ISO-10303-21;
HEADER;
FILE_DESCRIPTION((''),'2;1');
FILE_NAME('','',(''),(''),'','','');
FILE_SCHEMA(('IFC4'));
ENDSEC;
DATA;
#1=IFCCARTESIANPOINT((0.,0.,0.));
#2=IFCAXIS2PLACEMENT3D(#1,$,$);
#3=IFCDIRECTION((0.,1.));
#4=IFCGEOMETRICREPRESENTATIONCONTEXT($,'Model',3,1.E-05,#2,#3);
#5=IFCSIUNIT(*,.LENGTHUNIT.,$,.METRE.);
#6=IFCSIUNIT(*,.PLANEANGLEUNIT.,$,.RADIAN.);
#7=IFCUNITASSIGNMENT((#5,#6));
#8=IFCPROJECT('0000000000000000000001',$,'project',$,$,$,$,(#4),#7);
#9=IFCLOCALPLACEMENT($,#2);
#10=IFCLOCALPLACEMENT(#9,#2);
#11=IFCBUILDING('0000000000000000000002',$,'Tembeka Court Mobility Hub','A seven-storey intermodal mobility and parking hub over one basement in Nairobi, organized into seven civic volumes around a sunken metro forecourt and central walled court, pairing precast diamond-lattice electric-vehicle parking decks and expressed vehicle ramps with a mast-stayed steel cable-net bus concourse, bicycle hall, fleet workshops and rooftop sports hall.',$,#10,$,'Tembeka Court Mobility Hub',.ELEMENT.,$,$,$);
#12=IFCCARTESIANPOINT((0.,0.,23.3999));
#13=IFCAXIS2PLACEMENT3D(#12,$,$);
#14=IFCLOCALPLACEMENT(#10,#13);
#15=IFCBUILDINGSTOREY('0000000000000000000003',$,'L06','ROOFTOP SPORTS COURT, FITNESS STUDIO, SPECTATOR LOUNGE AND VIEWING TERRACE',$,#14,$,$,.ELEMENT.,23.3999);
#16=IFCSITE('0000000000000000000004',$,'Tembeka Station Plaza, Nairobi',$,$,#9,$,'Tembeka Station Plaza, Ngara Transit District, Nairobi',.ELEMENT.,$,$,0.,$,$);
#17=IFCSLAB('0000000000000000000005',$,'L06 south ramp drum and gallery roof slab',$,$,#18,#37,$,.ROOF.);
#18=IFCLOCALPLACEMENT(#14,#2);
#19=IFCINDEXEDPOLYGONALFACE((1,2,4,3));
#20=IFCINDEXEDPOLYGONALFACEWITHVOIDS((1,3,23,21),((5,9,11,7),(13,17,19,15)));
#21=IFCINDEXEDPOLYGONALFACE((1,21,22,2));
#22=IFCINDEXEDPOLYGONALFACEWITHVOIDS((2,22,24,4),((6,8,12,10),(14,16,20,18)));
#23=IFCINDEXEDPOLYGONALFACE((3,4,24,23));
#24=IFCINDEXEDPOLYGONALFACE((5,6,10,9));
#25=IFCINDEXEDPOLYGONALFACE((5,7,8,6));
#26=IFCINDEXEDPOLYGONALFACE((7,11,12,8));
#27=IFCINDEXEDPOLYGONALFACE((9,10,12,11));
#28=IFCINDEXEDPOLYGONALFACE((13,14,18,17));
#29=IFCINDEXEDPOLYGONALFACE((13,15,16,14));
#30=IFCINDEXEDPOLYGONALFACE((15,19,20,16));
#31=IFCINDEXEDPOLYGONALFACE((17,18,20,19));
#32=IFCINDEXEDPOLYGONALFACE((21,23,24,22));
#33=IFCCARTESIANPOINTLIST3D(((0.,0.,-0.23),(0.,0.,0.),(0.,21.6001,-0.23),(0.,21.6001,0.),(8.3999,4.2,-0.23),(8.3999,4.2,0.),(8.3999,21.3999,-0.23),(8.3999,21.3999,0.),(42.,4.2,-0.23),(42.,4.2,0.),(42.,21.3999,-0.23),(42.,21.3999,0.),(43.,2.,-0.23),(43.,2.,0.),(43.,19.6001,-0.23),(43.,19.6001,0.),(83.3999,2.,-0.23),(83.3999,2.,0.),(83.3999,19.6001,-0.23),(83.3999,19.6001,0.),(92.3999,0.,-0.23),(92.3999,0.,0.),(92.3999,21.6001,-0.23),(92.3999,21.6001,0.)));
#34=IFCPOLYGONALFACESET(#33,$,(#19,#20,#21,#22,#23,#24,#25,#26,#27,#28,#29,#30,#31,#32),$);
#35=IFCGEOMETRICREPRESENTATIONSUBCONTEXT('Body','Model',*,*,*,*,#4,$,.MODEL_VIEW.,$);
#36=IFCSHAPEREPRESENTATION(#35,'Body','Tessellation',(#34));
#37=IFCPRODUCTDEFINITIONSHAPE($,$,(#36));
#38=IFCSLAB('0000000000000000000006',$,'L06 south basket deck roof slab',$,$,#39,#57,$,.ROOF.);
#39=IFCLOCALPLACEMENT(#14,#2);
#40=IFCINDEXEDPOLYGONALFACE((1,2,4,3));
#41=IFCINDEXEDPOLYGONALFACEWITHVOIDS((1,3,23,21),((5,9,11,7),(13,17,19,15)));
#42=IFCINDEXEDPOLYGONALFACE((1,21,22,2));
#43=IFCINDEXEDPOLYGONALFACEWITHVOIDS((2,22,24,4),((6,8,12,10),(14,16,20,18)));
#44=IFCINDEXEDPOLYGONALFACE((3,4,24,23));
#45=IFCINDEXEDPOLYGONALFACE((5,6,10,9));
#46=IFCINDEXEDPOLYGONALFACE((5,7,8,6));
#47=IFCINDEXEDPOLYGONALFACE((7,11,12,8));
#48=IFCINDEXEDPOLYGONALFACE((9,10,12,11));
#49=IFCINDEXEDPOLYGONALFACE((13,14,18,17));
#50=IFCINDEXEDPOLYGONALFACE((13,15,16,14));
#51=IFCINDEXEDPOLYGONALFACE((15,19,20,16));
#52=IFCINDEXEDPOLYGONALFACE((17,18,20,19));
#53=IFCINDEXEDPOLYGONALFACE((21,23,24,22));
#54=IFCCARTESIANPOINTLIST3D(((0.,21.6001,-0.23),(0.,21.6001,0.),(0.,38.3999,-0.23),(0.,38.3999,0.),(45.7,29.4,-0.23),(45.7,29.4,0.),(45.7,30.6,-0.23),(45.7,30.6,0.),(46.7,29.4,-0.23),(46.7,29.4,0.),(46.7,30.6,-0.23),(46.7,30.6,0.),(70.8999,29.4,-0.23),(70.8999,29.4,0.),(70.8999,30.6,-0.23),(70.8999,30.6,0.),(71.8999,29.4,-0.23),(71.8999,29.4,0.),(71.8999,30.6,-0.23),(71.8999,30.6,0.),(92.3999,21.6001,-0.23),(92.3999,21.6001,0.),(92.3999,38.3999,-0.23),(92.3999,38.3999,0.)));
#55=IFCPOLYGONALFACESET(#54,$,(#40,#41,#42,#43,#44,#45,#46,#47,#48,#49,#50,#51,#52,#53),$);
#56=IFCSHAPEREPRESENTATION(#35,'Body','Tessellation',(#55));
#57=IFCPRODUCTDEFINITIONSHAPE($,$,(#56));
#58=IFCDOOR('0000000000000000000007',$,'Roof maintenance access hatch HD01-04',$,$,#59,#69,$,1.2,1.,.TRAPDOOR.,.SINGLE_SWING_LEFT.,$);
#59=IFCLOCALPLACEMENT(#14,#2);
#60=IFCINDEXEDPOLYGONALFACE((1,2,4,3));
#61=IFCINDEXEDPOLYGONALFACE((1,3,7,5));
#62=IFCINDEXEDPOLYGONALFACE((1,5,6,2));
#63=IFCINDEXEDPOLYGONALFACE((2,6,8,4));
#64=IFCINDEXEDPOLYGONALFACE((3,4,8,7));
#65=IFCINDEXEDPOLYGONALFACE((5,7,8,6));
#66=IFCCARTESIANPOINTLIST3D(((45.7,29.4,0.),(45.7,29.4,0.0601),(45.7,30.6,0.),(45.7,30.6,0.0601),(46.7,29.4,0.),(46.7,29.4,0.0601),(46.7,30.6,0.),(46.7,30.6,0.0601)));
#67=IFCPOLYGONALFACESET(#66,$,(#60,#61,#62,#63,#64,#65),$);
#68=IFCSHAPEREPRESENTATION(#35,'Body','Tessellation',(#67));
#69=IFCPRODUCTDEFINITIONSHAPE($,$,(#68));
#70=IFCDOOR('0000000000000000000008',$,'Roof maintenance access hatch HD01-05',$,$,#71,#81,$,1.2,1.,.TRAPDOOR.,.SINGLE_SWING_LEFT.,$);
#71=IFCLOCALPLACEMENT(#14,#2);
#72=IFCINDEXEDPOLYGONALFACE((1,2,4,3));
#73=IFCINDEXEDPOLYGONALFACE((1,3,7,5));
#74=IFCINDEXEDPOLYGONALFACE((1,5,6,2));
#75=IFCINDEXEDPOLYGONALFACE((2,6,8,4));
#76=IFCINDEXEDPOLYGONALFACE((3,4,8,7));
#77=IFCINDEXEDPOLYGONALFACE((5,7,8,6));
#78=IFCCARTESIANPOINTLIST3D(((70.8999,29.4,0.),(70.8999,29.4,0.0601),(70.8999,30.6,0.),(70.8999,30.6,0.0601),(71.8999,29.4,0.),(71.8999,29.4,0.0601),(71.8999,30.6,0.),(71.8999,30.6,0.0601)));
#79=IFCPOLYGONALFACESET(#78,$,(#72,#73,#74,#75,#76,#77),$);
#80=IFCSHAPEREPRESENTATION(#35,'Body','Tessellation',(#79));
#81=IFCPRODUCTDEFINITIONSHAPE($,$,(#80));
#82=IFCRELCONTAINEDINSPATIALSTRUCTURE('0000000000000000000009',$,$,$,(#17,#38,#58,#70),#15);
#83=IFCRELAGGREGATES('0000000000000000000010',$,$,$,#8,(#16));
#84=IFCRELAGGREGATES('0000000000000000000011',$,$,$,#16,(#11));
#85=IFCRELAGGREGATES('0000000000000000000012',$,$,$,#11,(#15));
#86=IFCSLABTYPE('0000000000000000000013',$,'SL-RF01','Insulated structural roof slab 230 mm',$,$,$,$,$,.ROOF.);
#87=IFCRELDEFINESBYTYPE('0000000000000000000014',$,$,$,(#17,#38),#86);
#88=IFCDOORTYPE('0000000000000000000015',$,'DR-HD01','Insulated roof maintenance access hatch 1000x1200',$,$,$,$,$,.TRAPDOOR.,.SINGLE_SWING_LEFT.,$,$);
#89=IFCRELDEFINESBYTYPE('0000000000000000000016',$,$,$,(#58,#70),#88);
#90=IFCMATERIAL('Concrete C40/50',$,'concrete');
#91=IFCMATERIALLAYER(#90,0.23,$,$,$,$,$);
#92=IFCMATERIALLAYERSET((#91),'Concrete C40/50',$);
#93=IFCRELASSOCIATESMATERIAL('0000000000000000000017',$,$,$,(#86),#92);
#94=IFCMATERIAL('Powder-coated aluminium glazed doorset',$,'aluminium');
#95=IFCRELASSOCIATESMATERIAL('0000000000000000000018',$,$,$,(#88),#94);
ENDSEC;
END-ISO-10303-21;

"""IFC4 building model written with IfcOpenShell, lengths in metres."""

from ifc_helpers import new_model, si_unit, direction, frame, origin, origin_2d, place, context, subcontext, project, spatial, polyline, rectangle, outline, extrude, material, layer, layer_set, type_object, element, fill, save


model = new_model("IFC4")

# Units and contexts
model_context = context("Model", 3, precision=1e-05, world=origin(), true_north=direction((0.0, 1.0)))
body_context = subcontext(model_context, "Body", "Model", "MODEL_VIEW")
ifc_project = project(units=[si_unit("LENGTHUNIT", "METRE"), si_unit("PLANEANGLEUNIT", "RADIAN")], contexts=[model_context])

# Site, building, storey
site_placement = place(None, origin())
site = spatial("IfcSite", under=ifc_project, at=site_placement, Name="Tembeka Station Plaza, Nairobi", LongName="Tembeka Station Plaza, Ngara Transit District, Nairobi", CompositionType="ELEMENT", RefElevation=0.0)
building_placement = place(site_placement, origin())
building = spatial("IfcBuilding", under=site, at=building_placement, Name="Tembeka Court Mobility Hub", Description="A seven-storey intermodal mobility and parking hub over one basement in Nairobi, organized into seven civic volumes around a sunken metro forecourt and central walled court, pairing precast diamond-lattice electric-vehicle parking decks and expressed vehicle ramps with a mast-stayed steel cable-net bus concourse, bicycle hall, fleet workshops and rooftop sports hall.", LongName="Tembeka Court Mobility Hub", CompositionType="ELEMENT")
storey_placement = place(building_placement, frame((0.0, 0.0, 23.3999)))
storey = spatial("IfcBuildingStorey", under=building, at=storey_placement, Name="L06", Description="ROOFTOP SPORTS COURT, FITNESS STUDIO, SPECTATOR LOUNGE AND VIEWING TERRACE", CompositionType="ELEMENT", Elevation=23.3999)

# Slab
ifc_material_1 = material(Name="Concrete C40/50", Category="concrete")
ifc_layer_1 = layer(ifc_material_1, 0.23)
ifc_layer_set_1 = layer_set([ifc_layer_1], Name="Concrete C40/50")
slab_type_1 = type_object("IfcSlabType", Name="SL-RF01", Description="Insulated structural roof slab 230 mm", PredefinedType="ROOF", material=ifc_layer_set_1)
slab_1_placement = place(storey_placement, frame((0.0, 0.0, -0.23)))
element("IfcSlab", 1, at=slab_1_placement, inside=storey, type_object=slab_type_1, Name="L06 south ramp drum and gallery roof slab", PredefinedType="ROOF", context=body_context, shape_type="SweptSolid", body=[
    extrude(outline(polyline([(0.0, 0.0), (92.3999, 0.0), (92.3999, 21.6001), (0.0, 21.6001), (0.0, 0.0)]), holes=[polyline([(8.3999, 21.3999), (42.0, 21.3999), (42.0, 4.2), (8.3999, 4.2), (8.3999, 21.3999)]), polyline([(43.0, 19.6001), (83.3999, 19.6001), (83.3999, 2.0), (43.0, 2.0), (43.0, 19.6001)])]), origin(), (0.0, 0.0, 1.0), 0.23),
])

# Slab, openings, doors
slab_2_placement = place(storey_placement, frame((0.0, 0.0, -0.23)))
slab_2 = element("IfcSlab", 2, at=slab_2_placement, inside=storey, type_object=slab_type_1, Name="L06 south basket deck roof slab", PredefinedType="ROOF", context=body_context, shape_type="SweptSolid", body=[
    extrude(outline(polyline([(0.0, 21.6001), (92.3999, 21.6001), (92.3999, 38.3999), (0.0, 38.3999), (0.0, 21.6001)])), origin(), (0.0, 0.0, 1.0), 0.23),
])
opening_1_placement = place(slab_2_placement, frame((46.2, 30.0, -0.01)))
opening_1 = element("IfcOpeningElement", 3, at=opening_1_placement, cuts=slab_2, PredefinedType="OPENING", context=body_context, shape_type="SweptSolid", body=[
    extrude(rectangle(XDim=1.0, YDim=1.2, at=origin_2d()), origin(), (0.0, 0.0, 1.0), 0.3201),
])
opening_2_placement = place(slab_2_placement, frame((71.3999, 30.0, -0.01)))
opening_2 = element("IfcOpeningElement", 4, at=opening_2_placement, cuts=slab_2, PredefinedType="OPENING", context=body_context, shape_type="SweptSolid", body=[
    extrude(rectangle(XDim=1.0, YDim=1.2, at=origin_2d()), origin(), (0.0, 0.0, 1.0), 0.3201),
])
ifc_material_2 = material(Name="Powder-coated aluminium glazed doorset", Category="aluminium")
door_type = type_object("IfcDoorType", Name="DR-HD01", Description="Insulated roof maintenance access hatch 1000x1200", OperationType="SINGLE_SWING_LEFT", PredefinedType="TRAPDOOR", material=ifc_material_2)
door_1_placement = place(opening_1_placement, frame((0.0, 0.0, 0.24)))
door_1 = element("IfcDoor", 5, at=door_1_placement, inside=storey, type_object=door_type, Name="Roof maintenance access hatch HD01-04", OperationType="SINGLE_SWING_LEFT", OverallHeight=1.2, OverallWidth=1.0, PredefinedType="TRAPDOOR", context=body_context, shape_type="SweptSolid", body=[
    extrude(rectangle(XDim=1.0, YDim=1.2, at=origin_2d()), origin(), (0.0, 0.0, 1.0), 0.0601),
])
fill(opening_1, door_1)
door_2_placement = place(opening_2_placement, frame((0.0, 0.0, 0.24)))
door_2 = element("IfcDoor", 6, at=door_2_placement, inside=storey, type_object=door_type, Name="Roof maintenance access hatch HD01-05", OperationType="SINGLE_SWING_LEFT", OverallHeight=1.2, OverallWidth=1.0, PredefinedType="TRAPDOOR", context=body_context, shape_type="SweptSolid", body=[
    extrude(rectangle(XDim=1.0, YDim=1.2, at=origin_2d()), origin(), (0.0, 0.0, 1.0), 0.0601),
])
fill(opening_2, door_2)

save(model, "model.ifc")
